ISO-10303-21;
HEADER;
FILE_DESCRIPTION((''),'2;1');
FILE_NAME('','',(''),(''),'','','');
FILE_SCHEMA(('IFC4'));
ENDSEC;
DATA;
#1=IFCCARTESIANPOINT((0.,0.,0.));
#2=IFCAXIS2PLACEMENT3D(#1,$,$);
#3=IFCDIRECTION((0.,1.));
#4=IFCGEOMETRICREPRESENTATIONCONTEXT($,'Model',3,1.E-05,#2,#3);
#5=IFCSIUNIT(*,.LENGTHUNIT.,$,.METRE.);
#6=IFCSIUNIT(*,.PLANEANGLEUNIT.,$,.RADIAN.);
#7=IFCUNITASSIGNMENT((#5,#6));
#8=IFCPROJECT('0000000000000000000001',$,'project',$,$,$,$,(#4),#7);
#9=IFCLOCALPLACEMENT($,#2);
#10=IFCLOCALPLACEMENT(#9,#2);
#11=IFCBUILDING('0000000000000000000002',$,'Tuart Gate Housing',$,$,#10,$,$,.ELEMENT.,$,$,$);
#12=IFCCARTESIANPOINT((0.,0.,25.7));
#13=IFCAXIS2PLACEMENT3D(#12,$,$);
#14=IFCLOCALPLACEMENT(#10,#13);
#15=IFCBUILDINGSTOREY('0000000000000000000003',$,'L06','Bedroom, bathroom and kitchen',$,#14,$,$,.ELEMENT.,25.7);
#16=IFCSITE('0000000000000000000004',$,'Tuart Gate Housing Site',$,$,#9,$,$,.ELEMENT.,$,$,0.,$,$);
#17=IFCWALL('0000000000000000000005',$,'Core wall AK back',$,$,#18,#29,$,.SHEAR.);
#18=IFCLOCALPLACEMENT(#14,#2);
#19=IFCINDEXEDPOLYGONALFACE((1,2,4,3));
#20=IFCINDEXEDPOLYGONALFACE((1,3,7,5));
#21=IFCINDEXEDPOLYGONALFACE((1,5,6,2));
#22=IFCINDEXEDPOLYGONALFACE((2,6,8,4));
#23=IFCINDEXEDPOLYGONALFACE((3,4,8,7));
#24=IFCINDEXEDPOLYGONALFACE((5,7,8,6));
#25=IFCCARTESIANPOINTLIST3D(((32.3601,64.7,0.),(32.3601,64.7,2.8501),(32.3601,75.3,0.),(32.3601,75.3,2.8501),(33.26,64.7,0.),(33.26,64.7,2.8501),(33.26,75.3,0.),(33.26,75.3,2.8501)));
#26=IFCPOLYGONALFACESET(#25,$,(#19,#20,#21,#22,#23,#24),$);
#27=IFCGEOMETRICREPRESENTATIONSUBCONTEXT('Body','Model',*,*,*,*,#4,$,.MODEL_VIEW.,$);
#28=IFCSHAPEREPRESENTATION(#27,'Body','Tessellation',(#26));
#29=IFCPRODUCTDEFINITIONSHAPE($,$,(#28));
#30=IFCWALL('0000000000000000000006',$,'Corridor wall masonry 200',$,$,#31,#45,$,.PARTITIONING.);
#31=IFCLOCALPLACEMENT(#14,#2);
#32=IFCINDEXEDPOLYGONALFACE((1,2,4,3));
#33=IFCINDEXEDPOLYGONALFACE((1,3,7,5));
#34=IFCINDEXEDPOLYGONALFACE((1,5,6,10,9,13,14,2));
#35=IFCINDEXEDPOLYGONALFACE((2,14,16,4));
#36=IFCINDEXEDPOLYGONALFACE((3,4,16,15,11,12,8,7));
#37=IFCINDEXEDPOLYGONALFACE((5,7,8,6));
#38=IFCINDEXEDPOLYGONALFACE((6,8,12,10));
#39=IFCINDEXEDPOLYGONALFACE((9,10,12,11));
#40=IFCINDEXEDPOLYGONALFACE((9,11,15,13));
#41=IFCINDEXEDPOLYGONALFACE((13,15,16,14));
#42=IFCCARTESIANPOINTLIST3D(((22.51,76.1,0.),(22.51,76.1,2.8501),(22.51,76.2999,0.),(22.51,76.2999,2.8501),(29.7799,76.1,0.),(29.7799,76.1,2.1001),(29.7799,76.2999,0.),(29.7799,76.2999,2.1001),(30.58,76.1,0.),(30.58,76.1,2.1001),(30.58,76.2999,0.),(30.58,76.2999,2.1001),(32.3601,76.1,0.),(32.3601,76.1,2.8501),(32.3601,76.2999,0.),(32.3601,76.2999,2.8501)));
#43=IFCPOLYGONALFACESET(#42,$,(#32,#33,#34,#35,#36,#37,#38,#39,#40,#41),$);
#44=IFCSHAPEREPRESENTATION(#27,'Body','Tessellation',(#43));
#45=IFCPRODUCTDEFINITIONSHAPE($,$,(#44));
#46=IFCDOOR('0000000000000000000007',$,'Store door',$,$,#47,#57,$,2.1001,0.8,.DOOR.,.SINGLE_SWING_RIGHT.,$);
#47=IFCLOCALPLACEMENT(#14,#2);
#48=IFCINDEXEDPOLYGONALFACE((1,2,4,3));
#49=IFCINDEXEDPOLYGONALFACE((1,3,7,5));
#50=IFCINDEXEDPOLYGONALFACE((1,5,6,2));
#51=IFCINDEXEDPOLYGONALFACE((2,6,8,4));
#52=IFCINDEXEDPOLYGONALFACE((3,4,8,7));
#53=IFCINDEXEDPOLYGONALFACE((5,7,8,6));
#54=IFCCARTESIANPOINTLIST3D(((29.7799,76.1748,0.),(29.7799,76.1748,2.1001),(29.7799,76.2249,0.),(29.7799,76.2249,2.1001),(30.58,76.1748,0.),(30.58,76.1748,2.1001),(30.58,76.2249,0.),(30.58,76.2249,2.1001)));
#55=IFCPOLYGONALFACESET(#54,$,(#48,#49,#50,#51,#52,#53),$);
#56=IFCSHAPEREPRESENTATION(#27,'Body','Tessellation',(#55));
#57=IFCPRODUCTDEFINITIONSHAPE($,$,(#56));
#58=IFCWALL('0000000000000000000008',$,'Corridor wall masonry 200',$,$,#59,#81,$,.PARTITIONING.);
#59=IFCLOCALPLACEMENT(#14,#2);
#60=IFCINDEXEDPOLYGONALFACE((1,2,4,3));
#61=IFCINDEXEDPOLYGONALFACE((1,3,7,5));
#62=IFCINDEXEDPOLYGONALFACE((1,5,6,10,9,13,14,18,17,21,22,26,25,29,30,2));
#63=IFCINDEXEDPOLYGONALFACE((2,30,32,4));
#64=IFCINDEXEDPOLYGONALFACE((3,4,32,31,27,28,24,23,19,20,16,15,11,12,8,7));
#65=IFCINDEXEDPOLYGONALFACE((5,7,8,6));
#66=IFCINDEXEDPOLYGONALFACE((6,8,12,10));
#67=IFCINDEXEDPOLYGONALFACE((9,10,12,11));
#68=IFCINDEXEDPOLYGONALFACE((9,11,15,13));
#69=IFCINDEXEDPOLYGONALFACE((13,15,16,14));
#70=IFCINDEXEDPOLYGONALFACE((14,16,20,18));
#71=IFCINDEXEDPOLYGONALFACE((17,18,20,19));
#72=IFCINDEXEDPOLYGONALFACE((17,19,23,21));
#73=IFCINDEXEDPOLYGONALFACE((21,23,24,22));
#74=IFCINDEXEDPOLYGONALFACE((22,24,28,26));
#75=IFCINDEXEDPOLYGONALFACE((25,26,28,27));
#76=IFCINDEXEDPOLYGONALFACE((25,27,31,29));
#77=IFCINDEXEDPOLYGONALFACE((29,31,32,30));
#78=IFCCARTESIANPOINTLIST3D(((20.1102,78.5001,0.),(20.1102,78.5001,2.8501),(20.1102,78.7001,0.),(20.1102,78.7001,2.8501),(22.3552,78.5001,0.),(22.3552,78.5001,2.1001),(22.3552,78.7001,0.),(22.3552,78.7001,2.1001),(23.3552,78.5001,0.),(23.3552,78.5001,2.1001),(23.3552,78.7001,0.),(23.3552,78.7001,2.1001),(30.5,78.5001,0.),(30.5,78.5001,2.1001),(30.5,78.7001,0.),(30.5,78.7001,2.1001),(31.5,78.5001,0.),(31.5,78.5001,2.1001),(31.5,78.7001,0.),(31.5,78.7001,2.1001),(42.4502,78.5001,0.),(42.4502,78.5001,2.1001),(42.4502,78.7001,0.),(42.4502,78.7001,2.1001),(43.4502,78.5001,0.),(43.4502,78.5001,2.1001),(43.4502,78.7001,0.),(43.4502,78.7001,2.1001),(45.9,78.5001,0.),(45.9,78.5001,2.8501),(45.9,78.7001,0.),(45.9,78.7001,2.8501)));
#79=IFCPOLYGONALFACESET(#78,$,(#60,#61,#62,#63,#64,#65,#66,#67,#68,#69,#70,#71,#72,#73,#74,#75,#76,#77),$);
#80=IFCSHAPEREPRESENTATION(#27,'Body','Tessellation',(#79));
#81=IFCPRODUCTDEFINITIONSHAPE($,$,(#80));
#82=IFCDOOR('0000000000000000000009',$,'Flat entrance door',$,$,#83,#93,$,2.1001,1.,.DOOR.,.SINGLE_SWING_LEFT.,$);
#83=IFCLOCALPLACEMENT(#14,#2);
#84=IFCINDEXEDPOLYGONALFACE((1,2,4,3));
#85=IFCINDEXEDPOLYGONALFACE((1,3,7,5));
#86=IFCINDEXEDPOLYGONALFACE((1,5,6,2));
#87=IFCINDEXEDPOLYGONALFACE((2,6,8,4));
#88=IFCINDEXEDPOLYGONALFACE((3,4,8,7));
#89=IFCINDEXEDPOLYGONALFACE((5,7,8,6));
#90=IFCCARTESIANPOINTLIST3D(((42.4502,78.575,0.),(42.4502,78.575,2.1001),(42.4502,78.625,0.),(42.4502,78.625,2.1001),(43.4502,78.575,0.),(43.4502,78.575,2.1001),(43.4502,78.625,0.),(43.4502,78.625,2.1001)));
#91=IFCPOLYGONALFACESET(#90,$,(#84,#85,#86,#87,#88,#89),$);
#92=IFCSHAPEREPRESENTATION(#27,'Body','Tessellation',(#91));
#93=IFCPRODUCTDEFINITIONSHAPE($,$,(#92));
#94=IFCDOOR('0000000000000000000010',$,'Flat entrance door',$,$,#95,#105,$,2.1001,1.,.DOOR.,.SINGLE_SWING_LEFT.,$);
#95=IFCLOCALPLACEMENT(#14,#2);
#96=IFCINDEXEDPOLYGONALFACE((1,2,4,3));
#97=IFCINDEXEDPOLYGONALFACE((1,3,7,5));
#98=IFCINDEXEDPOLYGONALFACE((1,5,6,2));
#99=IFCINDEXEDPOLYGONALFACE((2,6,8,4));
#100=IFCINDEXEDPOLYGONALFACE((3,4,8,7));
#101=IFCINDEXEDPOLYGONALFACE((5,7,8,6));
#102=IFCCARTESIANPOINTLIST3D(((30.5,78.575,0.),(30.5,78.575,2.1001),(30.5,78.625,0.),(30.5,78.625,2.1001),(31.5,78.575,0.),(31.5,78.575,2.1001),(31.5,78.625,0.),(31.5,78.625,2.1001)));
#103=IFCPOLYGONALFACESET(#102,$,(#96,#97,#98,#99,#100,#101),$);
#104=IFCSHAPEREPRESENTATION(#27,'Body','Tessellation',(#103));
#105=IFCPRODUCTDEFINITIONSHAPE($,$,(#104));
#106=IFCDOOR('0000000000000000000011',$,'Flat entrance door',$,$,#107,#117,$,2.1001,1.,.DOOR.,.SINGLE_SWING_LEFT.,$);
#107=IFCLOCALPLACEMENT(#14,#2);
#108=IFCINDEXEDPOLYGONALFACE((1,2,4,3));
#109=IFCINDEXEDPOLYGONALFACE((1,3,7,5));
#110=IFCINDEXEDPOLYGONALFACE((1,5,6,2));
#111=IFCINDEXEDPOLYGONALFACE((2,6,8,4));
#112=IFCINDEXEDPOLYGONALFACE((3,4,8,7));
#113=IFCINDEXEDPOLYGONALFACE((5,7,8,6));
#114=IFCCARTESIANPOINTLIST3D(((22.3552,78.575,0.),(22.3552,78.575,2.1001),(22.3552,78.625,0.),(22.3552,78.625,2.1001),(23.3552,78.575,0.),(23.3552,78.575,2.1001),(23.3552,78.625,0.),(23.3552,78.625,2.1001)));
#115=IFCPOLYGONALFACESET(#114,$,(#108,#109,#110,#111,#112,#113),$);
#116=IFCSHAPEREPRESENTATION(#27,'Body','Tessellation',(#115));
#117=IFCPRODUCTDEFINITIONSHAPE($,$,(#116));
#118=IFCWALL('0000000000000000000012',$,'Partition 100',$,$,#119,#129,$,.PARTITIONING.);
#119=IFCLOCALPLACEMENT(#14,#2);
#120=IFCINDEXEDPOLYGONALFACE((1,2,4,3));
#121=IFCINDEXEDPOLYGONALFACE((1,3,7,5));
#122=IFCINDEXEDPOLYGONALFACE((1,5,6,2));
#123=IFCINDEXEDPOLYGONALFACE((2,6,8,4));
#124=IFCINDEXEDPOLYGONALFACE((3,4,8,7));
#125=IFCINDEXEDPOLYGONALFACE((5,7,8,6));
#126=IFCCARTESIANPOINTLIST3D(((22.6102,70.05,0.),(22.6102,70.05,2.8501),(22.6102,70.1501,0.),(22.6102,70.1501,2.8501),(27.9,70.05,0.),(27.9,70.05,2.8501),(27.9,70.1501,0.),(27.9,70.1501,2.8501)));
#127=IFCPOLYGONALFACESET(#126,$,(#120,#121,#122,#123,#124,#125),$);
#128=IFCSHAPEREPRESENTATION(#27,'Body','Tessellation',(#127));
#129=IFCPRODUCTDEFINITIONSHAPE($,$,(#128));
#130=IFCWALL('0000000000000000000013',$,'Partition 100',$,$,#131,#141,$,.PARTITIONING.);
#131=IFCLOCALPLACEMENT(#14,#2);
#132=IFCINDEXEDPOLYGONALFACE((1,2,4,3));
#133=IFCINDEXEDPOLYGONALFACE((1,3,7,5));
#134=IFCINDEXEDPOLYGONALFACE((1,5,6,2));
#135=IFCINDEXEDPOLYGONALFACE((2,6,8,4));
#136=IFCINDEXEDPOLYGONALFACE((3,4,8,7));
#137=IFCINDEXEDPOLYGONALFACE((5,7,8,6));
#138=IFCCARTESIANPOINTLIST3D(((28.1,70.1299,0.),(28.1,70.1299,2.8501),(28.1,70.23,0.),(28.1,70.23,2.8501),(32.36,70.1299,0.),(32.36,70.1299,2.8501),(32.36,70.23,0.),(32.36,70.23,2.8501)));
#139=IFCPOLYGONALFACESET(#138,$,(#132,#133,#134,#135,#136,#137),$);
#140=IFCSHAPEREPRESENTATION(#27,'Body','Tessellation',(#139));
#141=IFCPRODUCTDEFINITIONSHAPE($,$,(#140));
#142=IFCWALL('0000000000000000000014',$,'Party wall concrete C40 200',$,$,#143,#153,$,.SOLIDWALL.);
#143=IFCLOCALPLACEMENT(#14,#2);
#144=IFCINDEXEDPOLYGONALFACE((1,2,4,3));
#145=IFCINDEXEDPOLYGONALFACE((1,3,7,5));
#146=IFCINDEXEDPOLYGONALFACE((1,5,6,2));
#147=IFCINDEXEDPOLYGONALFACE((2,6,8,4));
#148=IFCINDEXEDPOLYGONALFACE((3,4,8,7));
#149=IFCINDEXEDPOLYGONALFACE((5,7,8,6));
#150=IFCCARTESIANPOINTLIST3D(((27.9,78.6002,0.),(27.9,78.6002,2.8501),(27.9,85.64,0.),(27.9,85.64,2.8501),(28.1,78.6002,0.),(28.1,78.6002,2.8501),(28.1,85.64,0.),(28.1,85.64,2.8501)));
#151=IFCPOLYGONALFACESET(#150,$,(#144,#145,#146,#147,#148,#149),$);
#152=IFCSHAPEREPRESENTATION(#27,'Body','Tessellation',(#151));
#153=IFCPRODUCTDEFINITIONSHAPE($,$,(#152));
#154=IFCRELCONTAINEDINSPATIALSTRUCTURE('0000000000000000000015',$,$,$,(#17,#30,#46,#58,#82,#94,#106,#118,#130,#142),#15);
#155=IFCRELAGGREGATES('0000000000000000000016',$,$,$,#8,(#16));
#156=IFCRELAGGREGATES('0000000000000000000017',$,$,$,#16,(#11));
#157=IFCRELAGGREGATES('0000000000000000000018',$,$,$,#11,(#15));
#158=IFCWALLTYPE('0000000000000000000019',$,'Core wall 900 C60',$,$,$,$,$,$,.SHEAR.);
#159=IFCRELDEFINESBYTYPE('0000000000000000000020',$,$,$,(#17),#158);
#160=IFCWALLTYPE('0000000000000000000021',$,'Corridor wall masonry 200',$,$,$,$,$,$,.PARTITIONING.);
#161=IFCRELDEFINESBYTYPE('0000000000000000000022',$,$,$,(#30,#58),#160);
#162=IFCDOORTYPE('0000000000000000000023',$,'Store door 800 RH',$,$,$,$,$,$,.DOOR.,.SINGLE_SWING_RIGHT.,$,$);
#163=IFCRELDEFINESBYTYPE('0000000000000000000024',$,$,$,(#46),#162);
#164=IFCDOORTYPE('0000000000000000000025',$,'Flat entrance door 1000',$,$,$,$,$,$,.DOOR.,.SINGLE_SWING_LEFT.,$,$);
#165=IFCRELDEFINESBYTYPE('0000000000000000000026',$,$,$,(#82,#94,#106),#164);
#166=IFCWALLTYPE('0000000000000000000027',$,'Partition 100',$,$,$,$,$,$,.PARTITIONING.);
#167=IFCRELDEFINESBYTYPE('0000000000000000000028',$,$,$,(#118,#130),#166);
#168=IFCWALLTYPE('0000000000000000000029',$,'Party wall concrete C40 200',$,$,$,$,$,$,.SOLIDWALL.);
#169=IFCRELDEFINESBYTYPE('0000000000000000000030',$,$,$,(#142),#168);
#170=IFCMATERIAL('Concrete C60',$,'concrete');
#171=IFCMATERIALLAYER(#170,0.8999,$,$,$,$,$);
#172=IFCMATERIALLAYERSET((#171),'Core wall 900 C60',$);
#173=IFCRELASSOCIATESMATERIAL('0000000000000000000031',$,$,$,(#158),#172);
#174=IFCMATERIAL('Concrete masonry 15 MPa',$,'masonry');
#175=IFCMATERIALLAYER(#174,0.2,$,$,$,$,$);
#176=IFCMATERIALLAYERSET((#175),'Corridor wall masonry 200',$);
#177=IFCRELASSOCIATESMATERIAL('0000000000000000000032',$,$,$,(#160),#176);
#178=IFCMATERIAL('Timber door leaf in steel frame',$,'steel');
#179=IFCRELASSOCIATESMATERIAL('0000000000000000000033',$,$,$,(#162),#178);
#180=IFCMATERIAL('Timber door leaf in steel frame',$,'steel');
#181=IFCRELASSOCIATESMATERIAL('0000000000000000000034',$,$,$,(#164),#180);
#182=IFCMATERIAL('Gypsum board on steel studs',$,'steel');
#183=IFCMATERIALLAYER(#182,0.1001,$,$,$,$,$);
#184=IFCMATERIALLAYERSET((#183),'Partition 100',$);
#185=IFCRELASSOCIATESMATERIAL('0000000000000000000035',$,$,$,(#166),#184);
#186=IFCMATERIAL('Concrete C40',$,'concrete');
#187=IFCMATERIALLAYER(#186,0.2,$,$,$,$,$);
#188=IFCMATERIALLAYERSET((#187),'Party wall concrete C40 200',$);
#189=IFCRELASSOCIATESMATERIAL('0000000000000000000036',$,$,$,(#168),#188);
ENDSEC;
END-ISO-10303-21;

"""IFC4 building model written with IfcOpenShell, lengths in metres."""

from ifc_helpers import new_model, si_unit, direction, frame, frame_2d, origin, place, context, subcontext, project, spatial, rectangle, extrude, material, layer, layer_set, type_object, element, fill, save


model = new_model("IFC4")

# Units and contexts
model_context = context("Model", 3, precision=1e-05, world=origin(), true_north=direction((0.0, 1.0)))
body_context = subcontext(model_context, "Body", "Model", "MODEL_VIEW")
ifc_project = project(units=[si_unit("LENGTHUNIT", "METRE"), si_unit("PLANEANGLEUNIT", "RADIAN")], contexts=[model_context])

# Site, building, storey
site_placement = place(None, origin())
site = spatial("IfcSite", under=ifc_project, at=site_placement, Name="Tuart Gate Housing Site", CompositionType="ELEMENT", RefElevation=0.0)
building_placement = place(site_placement, origin())
building = spatial("IfcBuilding", under=site, at=building_placement, Name="Tuart Gate Housing", CompositionType="ELEMENT")
storey_placement = place(building_placement, frame((0.0, 0.0, 25.7)))
storey = spatial("IfcBuildingStorey", under=building, at=storey_placement, Name="L06", Description="Bedroom, bathroom and kitchen", CompositionType="ELEMENT", Elevation=25.7)

# Wall
ifc_material_1 = material(Name="Concrete C60", Category="concrete")
ifc_layer_1 = layer(ifc_material_1, 0.8999)
ifc_layer_set_1 = layer_set([ifc_layer_1], Name="Core wall 900 C60")
wall_type_1 = type_object("IfcWallType", Name="Core wall 900 C60", PredefinedType="SHEAR", material=ifc_layer_set_1)
wall_1_placement = place(storey_placement, frame((32.8101, 75.3, 0.0), z_axis=(0.0, 0.0, 1.0), x_axis=(0.0, -1.0, 0.0)))
element("IfcWall", 1, at=wall_1_placement, inside=storey, type_object=wall_type_1, Name="Core wall AK back", PredefinedType="SHEAR", context=body_context, shape_type="SweptSolid", body=[
    extrude(rectangle(XDim=10.6001, YDim=0.8999, at=frame_2d((5.3, 0.0))), origin(), (0.0, 0.0, 1.0), 2.8501),
])

# Wall, opening, door
ifc_material_2 = material(Name="Concrete masonry 15 MPa", Category="masonry")
ifc_layer_2 = layer(ifc_material_2, 0.2)
ifc_layer_set_2 = layer_set([ifc_layer_2], Name="Corridor wall masonry 200")
wall_type_2 = type_object("IfcWallType", Name="Corridor wall masonry 200", PredefinedType="PARTITIONING", material=ifc_layer_set_2)
wall_2_placement = place(storey_placement, frame((22.51, 76.2, 0.0), z_axis=(0.0, 0.0, 1.0), x_axis=(1.0, 0.0, 0.0)))
wall_2 = element("IfcWall", 2, at=wall_2_placement, inside=storey, type_object=wall_type_2, Name="Corridor wall masonry 200", PredefinedType="PARTITIONING", context=body_context, shape_type="SweptSolid", body=[
    extrude(rectangle(XDim=9.8501, YDim=0.2, at=frame_2d((4.925, 0.0))), origin(), (0.0, 0.0, 1.0), 2.8501),
])
opening_1_placement = place(wall_2_placement, frame((7.27, 0.0, 0.0)))
opening_1 = element("IfcOpeningElement", 3, at=opening_1_placement, cuts=wall_2, PredefinedType="OPENING", context=body_context, shape_type="SweptSolid", body=[
    extrude(rectangle(XDim=0.8, YDim=2.1001, at=frame_2d((0.3999, 1.05))), frame((0.0, 0.1099, 0.0), z_axis=(0.0, -1.0, 0.0), x_axis=(1.0, 0.0, 0.0)), (0.0, 0.0, 1.0), 0.22),
])
ifc_material_3 = material(Name="Timber door leaf in steel frame", Category="steel")
door_type_1 = type_object("IfcDoorType", Name="Store door 800 RH", OperationType="SINGLE_SWING_RIGHT", PredefinedType="DOOR", material=ifc_material_3)
door_1_placement = place(opening_1_placement, frame((0.8, 0.0, 0.0), z_axis=(0.0, 0.0, 1.0), x_axis=(-1.0, 0.0, 0.0)))
door_1 = element("IfcDoor", 4, at=door_1_placement, inside=storey, type_object=door_type_1, Name="Store door", OperationType="SINGLE_SWING_RIGHT", OverallHeight=2.1001, OverallWidth=0.8, PredefinedType="DOOR", context=body_context, shape_type="SweptSolid", body=[
    extrude(rectangle(XDim=0.8, YDim=2.1001, at=frame_2d((0.4001, 1.05))), frame((0.0, 0.0251, 0.0), z_axis=(0.0, -1.0, 0.0), x_axis=(1.0, 0.0, 0.0)), (0.0, 0.0, 1.0), 0.05),
])
fill(opening_1, door_1)

# Wall, openings, doors
wall_3_placement = place(storey_placement, frame((20.1101, 78.6001, 0.0), z_axis=(0.0, 0.0, 1.0), x_axis=(1.0, 0.0, 0.0)))
wall_3 = element("IfcWall", 5, at=wall_3_placement, inside=storey, type_object=wall_type_2, Name="Corridor wall masonry 200", PredefinedType="PARTITIONING", context=body_context, shape_type="SweptSolid", body=[
    extrude(rectangle(XDim=25.7898, YDim=0.2, at=frame_2d((12.895, 0.0))), origin(), (0.0, 0.0, 1.0), 2.8501),
])
opening_2_placement = place(wall_3_placement, frame((22.3401, 0.0, 0.0)))
opening_2 = element("IfcOpeningElement", 6, at=opening_2_placement, cuts=wall_3, PredefinedType="OPENING", context=body_context, shape_type="SweptSolid", body=[
    extrude(rectangle(XDim=1.0, YDim=2.1001, at=frame_2d((0.5, 1.05))), frame((0.0, 0.1099, 0.0), z_axis=(0.0, -1.0, 0.0), x_axis=(1.0, 0.0, 0.0)), (0.0, 0.0, 1.0), 0.22),
])
opening_3_placement = place(wall_3_placement, frame((10.3899, 0.0, 0.0)))
opening_3 = element("IfcOpeningElement", 7, at=opening_3_placement, cuts=wall_3, PredefinedType="OPENING", context=body_context, shape_type="SweptSolid", body=[
    extrude(rectangle(XDim=1.0, YDim=2.1001, at=frame_2d((0.5, 1.05))), frame((0.0, 0.1099, 0.0), z_axis=(0.0, -1.0, 0.0), x_axis=(1.0, 0.0, 0.0)), (0.0, 0.0, 1.0), 0.22),
])
opening_4_placement = place(wall_3_placement, frame((2.2451, 0.0, 0.0)))
opening_4 = element("IfcOpeningElement", 8, at=opening_4_placement, cuts=wall_3, PredefinedType="OPENING", context=body_context, shape_type="SweptSolid", body=[
    extrude(rectangle(XDim=1.0, YDim=2.1001, at=frame_2d((0.5, 1.05))), frame((0.0, 0.1099, 0.0), z_axis=(0.0, -1.0, 0.0), x_axis=(1.0, 0.0, 0.0)), (0.0, 0.0, 1.0), 0.22),
])
ifc_material_4 = material(Name="Timber door leaf in steel frame", Category="steel")
door_type_2 = type_object("IfcDoorType", Name="Flat entrance door 1000", OperationType="SINGLE_SWING_LEFT", PredefinedType="DOOR", material=ifc_material_4)
door_2_placement = place(opening_2_placement, origin())
door_2 = element("IfcDoor", 9, at=door_2_placement, inside=storey, type_object=door_type_2, Name="Flat entrance door", OperationType="SINGLE_SWING_LEFT", OverallHeight=2.1001, OverallWidth=1.0, PredefinedType="DOOR", context=body_context, shape_type="SweptSolid", body=[
    extrude(rectangle(XDim=1.0, YDim=2.1001, at=frame_2d((0.5, 1.05))), frame((0.0, 0.0249, 0.0), z_axis=(0.0, -1.0, 0.0), x_axis=(1.0, 0.0, 0.0)), (0.0, 0.0, 1.0), 0.05),
])
fill(opening_2, door_2)
door_3_placement = place(opening_3_placement, origin())
door_3 = element("IfcDoor", 10, at=door_3_placement, inside=storey, type_object=door_type_2, Name="Flat entrance door", OperationType="SINGLE_SWING_LEFT", OverallHeight=2.1001, OverallWidth=1.0, PredefinedType="DOOR", context=body_context, shape_type="SweptSolid", body=[
    extrude(rectangle(XDim=1.0, YDim=2.1001, at=frame_2d((0.5, 1.05))), frame((0.0, 0.0249, 0.0), z_axis=(0.0, -1.0, 0.0), x_axis=(1.0, 0.0, 0.0)), (0.0, 0.0, 1.0), 0.05),
])
fill(opening_3, door_3)
door_4_placement = place(opening_4_placement, origin())
door_4 = element("IfcDoor", 11, at=door_4_placement, inside=storey, type_object=door_type_2, Name="Flat entrance door", OperationType="SINGLE_SWING_LEFT", OverallHeight=2.1001, OverallWidth=1.0, PredefinedType="DOOR", context=body_context, shape_type="SweptSolid", body=[
    extrude(rectangle(XDim=1.0, YDim=2.1001, at=frame_2d((0.5, 1.05))), frame((0.0, 0.0249, 0.0), z_axis=(0.0, -1.0, 0.0), x_axis=(1.0, 0.0, 0.0)), (0.0, 0.0, 1.0), 0.05),
])
fill(opening_4, door_4)

# Walls
ifc_material_5 = material(Name="Gypsum board on steel studs", Category="steel")
ifc_layer_3 = layer(ifc_material_5, 0.1001)
ifc_layer_set_3 = layer_set([ifc_layer_3], Name="Partition 100")
wall_type_3 = type_object("IfcWallType", Name="Partition 100", PredefinedType="PARTITIONING", material=ifc_layer_set_3)
wall_4_placement = place(storey_placement, frame((22.6101, 70.1001, 0.0), z_axis=(0.0, 0.0, 1.0), x_axis=(1.0, 0.0, 0.0)))
element("IfcWall", 12, at=wall_4_placement, inside=storey, type_object=wall_type_3, Name="Partition 100", PredefinedType="PARTITIONING", context=body_context, shape_type="SweptSolid", body=[
    extrude(rectangle(XDim=5.2898, YDim=0.1001, at=frame_2d((2.645, 0.0))), origin(), (0.0, 0.0, 1.0), 2.8501),
])
wall_5_placement = place(storey_placement, frame((28.1001, 70.1799, 0.0), z_axis=(0.0, 0.0, 1.0), x_axis=(1.0, 0.0, 0.0)))
element("IfcWall", 13, at=wall_5_placement, inside=storey, type_object=wall_type_3, Name="Partition 100", PredefinedType="PARTITIONING", context=body_context, shape_type="SweptSolid", body=[
    extrude(rectangle(XDim=4.26, YDim=0.1001, at=frame_2d((2.1299, 0.0))), origin(), (0.0, 0.0, 1.0), 2.8501),
])
ifc_material_6 = material(Name="Concrete C40", Category="concrete")
ifc_layer_4 = layer(ifc_material_6, 0.2)
ifc_layer_set_4 = layer_set([ifc_layer_4], Name="Party wall concrete C40 200")
wall_type_4 = type_object("IfcWallType", Name="Party wall concrete C40 200", PredefinedType="SOLIDWALL", material=ifc_layer_set_4)
wall_6_placement = place(storey_placement, frame((28.0, 78.6001, 0.0), z_axis=(0.0, 0.0, 1.0), x_axis=(0.0, 1.0, 0.0)))
element("IfcWall", 14, at=wall_6_placement, inside=storey, type_object=wall_type_4, Name="Party wall concrete C40 200", PredefinedType="SOLIDWALL", context=body_context, shape_type="SweptSolid", body=[
    extrude(rectangle(XDim=7.0398, YDim=0.2, at=frame_2d((3.52, 0.0))), origin(), (0.0, 0.0, 1.0), 2.8501),
])

save(model, "model.ifc")
